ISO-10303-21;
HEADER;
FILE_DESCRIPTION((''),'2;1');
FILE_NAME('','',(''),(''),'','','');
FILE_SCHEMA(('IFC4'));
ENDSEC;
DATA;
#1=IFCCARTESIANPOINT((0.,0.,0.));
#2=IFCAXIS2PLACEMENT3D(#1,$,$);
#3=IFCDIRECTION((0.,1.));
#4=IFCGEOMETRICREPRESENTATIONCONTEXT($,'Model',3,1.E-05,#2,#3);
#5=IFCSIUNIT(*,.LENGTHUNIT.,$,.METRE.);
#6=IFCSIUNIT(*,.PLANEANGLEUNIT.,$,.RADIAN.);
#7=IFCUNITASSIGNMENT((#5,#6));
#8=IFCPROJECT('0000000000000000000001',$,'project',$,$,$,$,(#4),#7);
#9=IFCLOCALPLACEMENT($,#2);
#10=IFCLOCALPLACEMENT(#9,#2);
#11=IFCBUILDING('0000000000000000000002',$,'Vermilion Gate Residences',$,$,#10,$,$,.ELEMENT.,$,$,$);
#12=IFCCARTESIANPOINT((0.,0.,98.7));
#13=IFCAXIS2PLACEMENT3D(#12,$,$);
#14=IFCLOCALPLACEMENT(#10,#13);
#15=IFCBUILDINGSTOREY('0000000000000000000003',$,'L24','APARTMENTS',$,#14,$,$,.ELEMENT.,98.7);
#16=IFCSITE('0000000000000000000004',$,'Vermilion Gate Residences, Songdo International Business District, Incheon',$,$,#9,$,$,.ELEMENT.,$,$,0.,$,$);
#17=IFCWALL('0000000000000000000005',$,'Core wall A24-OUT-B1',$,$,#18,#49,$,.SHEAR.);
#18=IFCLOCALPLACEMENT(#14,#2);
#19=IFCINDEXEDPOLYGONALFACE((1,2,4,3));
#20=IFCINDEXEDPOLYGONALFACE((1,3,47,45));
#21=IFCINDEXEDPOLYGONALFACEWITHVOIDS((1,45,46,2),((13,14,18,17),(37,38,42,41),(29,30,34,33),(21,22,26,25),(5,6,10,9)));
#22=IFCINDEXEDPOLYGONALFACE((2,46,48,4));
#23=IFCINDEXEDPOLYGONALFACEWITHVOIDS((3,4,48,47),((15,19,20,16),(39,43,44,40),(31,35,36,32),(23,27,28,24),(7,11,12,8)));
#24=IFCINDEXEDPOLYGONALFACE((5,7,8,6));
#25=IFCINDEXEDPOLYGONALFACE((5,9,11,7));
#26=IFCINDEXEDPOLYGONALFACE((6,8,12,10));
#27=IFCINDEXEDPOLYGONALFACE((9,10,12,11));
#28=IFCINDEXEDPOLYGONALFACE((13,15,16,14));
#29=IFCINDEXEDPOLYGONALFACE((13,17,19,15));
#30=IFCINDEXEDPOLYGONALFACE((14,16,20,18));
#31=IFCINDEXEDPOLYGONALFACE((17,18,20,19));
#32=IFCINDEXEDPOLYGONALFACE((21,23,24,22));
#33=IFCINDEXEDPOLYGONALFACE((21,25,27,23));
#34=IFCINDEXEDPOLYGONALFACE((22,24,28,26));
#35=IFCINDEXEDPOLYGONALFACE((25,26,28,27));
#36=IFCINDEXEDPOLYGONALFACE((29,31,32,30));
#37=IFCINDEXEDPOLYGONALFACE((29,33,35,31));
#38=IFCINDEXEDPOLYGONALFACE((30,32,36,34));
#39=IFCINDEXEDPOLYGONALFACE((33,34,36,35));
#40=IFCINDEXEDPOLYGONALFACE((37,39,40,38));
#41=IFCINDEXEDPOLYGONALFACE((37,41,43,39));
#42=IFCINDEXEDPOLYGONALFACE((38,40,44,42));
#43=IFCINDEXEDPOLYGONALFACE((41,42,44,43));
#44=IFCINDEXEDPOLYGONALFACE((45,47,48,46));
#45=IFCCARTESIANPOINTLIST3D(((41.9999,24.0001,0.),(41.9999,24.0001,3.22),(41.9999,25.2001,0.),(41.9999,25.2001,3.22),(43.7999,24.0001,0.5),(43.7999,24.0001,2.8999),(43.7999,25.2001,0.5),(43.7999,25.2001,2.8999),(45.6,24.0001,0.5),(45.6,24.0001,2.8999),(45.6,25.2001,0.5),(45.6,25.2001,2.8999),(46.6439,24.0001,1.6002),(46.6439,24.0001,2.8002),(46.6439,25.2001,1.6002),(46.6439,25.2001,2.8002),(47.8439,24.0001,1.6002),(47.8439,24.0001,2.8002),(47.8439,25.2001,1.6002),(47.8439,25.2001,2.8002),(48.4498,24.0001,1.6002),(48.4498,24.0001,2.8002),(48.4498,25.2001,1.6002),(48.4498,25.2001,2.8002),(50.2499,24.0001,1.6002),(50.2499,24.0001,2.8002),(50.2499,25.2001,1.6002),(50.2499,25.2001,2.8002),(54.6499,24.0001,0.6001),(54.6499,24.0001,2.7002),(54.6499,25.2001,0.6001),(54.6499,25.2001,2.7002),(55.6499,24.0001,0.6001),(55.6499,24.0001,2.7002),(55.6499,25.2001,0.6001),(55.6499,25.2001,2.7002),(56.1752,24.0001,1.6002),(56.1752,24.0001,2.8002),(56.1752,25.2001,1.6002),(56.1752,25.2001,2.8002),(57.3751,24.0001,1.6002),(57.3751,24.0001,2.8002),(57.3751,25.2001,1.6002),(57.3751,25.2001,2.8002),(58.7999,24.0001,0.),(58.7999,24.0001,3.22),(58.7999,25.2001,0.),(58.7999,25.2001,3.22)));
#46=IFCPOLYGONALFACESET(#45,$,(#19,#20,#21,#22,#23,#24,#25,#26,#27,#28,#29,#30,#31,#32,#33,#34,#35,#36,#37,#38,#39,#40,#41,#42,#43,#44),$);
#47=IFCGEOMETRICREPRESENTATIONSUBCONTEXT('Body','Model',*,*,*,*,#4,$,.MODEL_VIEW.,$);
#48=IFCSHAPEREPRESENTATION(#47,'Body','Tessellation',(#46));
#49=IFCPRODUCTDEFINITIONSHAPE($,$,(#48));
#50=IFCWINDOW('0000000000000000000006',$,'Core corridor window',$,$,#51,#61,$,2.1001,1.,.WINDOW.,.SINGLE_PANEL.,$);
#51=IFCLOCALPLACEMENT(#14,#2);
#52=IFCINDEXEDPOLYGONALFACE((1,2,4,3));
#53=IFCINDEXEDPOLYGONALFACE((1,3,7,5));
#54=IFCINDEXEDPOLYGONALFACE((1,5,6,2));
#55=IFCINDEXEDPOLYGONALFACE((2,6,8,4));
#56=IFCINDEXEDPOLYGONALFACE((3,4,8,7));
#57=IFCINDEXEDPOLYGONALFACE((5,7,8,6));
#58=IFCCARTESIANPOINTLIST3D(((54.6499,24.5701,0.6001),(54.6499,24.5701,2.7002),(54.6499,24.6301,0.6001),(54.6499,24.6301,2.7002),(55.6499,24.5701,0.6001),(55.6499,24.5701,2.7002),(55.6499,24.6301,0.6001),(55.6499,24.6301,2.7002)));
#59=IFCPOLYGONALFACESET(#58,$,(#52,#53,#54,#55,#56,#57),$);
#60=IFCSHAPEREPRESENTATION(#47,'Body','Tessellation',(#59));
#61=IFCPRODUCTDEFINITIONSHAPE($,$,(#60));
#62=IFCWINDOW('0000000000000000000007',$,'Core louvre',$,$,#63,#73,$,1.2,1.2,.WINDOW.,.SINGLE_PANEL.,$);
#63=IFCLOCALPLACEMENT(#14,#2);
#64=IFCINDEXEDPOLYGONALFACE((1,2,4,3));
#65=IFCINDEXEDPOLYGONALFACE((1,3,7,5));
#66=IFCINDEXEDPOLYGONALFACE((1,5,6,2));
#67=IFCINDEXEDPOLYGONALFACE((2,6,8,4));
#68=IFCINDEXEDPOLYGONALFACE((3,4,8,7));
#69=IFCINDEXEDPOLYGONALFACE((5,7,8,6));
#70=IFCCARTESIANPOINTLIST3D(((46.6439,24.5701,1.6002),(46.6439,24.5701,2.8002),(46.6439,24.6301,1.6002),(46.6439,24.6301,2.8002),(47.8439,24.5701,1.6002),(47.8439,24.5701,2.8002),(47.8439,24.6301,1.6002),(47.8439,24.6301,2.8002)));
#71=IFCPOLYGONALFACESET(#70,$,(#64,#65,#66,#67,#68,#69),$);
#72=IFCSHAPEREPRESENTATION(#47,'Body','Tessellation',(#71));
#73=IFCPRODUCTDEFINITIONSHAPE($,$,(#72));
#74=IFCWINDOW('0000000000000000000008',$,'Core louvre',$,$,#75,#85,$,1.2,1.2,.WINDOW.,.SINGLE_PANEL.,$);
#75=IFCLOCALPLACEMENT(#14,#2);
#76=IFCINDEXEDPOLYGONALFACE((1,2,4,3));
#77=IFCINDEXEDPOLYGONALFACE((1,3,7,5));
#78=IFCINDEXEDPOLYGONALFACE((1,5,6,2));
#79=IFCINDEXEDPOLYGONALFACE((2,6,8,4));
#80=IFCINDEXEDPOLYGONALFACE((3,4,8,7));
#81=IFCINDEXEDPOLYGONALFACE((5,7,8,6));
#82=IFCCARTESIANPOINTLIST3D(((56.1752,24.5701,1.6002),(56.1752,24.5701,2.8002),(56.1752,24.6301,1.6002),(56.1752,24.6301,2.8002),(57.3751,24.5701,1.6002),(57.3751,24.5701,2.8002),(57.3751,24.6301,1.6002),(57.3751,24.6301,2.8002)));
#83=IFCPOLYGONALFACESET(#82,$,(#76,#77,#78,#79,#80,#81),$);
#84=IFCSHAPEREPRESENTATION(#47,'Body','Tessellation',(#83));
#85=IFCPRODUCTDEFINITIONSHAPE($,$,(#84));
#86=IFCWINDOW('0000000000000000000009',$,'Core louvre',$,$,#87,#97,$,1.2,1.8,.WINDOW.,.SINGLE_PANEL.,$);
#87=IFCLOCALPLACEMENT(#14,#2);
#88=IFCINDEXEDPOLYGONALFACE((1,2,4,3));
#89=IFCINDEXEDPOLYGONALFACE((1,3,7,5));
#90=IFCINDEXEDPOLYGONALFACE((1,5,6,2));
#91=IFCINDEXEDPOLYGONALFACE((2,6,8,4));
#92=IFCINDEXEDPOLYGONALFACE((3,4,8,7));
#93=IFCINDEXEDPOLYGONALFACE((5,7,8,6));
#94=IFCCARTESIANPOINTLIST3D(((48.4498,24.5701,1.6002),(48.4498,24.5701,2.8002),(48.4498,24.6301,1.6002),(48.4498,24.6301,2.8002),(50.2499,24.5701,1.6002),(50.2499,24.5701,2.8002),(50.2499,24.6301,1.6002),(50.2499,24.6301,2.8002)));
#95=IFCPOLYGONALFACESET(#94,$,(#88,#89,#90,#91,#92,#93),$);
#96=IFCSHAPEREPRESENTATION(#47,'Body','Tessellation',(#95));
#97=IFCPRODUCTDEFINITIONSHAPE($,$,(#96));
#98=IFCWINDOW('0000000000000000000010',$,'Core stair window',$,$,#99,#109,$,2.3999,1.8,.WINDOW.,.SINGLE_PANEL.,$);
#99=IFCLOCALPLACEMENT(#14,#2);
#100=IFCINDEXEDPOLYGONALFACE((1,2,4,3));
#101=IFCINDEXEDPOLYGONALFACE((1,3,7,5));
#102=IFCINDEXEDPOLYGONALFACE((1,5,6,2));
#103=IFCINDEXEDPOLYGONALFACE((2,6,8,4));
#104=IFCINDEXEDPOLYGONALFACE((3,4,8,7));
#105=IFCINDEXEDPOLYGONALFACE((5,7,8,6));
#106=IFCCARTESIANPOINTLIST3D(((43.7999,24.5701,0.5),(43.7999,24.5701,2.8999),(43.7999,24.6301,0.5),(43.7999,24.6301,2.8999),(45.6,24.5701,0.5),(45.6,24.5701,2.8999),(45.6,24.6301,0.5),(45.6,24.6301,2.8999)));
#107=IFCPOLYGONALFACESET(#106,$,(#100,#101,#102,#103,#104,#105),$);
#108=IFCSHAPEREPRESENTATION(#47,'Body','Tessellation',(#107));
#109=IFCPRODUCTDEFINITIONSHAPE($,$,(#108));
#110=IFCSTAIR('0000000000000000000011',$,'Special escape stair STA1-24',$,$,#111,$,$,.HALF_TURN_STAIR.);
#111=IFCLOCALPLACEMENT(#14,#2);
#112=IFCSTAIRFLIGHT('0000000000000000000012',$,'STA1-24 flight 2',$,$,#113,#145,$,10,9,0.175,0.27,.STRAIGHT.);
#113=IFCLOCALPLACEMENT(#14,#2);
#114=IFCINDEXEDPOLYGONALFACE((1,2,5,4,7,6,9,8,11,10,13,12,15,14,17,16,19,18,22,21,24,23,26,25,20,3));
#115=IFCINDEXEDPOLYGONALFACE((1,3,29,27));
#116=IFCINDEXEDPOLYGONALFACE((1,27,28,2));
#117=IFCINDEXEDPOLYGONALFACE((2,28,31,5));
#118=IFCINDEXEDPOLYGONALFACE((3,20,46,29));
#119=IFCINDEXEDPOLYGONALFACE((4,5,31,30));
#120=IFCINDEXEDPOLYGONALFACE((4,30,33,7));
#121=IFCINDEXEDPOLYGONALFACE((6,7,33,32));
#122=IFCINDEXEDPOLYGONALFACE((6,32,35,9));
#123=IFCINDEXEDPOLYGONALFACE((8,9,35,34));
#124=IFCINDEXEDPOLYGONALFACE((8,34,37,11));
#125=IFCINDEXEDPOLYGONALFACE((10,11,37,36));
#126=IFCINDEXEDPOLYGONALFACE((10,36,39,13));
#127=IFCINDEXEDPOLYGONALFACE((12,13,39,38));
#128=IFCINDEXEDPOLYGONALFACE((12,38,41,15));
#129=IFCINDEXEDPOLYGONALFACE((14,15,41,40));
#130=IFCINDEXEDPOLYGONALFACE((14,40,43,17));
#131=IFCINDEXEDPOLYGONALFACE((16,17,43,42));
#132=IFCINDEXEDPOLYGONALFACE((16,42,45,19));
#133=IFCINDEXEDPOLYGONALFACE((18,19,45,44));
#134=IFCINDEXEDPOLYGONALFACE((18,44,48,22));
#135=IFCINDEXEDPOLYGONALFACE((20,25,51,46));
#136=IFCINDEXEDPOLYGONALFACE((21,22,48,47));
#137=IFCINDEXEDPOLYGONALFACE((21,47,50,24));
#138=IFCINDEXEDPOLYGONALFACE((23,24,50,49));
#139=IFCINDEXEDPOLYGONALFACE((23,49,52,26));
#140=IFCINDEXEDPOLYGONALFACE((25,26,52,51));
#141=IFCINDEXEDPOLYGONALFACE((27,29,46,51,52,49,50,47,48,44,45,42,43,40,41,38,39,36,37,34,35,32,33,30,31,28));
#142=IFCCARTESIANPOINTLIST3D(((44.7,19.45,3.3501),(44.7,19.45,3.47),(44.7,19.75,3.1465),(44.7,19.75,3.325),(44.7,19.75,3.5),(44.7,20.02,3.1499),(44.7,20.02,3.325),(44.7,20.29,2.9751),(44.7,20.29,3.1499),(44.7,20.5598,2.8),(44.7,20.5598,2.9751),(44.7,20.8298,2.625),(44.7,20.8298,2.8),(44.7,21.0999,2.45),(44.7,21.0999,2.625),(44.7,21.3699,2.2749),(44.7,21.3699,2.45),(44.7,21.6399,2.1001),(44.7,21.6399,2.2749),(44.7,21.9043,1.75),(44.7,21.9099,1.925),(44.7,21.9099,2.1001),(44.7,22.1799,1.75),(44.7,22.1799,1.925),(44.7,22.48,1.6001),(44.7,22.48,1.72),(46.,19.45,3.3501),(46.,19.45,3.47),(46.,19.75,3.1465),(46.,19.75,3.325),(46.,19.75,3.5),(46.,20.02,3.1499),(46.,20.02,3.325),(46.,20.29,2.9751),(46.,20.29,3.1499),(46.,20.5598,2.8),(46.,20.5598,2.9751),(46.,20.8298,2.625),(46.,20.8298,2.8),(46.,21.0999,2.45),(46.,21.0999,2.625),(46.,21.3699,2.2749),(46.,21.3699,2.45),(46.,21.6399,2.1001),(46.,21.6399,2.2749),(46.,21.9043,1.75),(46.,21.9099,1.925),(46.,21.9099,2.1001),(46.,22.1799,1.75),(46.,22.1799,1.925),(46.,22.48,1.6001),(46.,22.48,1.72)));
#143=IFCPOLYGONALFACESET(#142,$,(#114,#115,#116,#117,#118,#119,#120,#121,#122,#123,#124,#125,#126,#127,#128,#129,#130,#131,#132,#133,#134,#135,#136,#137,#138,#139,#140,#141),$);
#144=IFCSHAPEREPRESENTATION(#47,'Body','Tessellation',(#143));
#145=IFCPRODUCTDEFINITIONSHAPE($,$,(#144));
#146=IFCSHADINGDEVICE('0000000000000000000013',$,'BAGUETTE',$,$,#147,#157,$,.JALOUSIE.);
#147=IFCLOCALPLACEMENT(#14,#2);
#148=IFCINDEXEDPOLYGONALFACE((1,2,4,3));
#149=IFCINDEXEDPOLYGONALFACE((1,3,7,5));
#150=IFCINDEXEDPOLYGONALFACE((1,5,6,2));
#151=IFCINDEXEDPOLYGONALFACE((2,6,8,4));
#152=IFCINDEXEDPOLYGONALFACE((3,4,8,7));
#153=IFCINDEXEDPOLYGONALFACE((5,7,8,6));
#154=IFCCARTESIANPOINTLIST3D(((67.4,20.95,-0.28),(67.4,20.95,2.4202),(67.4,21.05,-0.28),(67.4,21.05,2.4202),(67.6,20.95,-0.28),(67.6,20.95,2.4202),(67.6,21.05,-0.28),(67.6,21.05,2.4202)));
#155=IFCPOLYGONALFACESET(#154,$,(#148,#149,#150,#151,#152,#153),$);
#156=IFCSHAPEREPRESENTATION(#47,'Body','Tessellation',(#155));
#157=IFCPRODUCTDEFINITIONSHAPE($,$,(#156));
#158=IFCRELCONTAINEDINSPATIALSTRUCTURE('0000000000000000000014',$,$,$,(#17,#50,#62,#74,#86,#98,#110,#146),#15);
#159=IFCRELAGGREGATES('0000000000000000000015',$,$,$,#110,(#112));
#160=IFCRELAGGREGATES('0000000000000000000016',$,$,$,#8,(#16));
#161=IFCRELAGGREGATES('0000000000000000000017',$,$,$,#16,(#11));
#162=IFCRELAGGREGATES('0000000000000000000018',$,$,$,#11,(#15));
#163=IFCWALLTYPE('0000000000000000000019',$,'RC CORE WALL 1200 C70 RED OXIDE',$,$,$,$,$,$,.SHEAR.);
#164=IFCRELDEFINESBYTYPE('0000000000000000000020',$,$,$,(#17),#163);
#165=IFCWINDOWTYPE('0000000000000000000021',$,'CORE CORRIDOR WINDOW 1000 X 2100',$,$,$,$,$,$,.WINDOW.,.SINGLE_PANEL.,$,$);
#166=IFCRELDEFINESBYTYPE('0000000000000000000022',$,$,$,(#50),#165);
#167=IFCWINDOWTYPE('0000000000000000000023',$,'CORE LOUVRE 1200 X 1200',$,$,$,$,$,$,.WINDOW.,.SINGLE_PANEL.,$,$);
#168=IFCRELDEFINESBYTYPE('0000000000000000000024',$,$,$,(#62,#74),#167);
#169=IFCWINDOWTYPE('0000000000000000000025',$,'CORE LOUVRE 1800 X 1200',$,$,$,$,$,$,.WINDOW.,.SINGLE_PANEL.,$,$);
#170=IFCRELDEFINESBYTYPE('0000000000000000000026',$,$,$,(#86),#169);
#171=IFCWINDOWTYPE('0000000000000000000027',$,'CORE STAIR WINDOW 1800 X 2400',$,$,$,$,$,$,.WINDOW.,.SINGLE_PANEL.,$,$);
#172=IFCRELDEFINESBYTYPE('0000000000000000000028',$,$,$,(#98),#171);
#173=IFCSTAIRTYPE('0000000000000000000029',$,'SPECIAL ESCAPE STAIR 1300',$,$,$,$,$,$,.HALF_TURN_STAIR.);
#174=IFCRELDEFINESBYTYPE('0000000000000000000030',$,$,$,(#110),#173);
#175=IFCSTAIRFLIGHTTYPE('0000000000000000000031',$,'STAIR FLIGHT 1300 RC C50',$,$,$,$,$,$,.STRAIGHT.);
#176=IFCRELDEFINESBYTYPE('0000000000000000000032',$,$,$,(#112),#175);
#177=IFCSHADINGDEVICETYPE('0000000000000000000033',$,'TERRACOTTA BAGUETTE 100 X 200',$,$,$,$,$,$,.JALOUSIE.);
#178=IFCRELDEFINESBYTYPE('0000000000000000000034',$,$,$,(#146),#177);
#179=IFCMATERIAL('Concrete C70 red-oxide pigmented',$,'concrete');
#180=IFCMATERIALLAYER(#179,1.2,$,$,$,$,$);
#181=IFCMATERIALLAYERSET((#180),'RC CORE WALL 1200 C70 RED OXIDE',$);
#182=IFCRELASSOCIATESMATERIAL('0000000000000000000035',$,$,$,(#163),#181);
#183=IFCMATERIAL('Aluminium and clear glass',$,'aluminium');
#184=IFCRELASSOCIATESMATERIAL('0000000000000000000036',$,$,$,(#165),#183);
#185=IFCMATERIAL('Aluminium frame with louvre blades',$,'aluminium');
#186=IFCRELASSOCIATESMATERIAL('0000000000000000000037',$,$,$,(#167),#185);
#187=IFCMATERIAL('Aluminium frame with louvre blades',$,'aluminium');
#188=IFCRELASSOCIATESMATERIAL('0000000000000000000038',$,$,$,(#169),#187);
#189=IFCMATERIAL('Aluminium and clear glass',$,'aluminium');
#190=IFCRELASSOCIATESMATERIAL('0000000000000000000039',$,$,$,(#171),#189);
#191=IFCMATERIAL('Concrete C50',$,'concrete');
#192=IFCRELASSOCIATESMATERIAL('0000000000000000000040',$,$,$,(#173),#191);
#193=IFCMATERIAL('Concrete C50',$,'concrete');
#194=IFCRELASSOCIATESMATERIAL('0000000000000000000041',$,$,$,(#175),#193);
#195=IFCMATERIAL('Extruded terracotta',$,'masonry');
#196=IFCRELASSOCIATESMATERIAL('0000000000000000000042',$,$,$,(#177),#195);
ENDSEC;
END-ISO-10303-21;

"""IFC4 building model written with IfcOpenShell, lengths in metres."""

from ifc_helpers import new_model, si_unit, direction, frame, frame_2d, origin, origin_2d, place, context, subcontext, project, spatial, polyline, rectangle, outline, extrude, material, layer, layer_set, material_profile, profile_set, type_object, element, fill, aggregate, save


model = new_model("IFC4")

# Units and contexts
model_context = context("Model", 3, precision=1e-05, world=origin(), true_north=direction((0.0, 1.0)))
body_context = subcontext(model_context, "Body", "Model", "MODEL_VIEW")
ifc_project = project(units=[si_unit("LENGTHUNIT", "METRE"), si_unit("PLANEANGLEUNIT", "RADIAN")], contexts=[model_context])

# Site, building, storey
site_placement = place(None, origin())
site = spatial("IfcSite", under=ifc_project, at=site_placement, Name="Vermilion Gate Residences, Songdo International Business District, Incheon", CompositionType="ELEMENT", RefElevation=0.0)
building_placement = place(site_placement, origin())
building = spatial("IfcBuilding", under=site, at=building_placement, Name="Vermilion Gate Residences", CompositionType="ELEMENT")
storey_placement = place(building_placement, frame((0.0, 0.0, 98.7)))
storey = spatial("IfcBuildingStorey", under=building, at=storey_placement, Name="L24", Description="APARTMENTS", CompositionType="ELEMENT", Elevation=98.7)

# Wall, openings, windows
ifc_material_1 = material(Name="Concrete C70 red-oxide pigmented", Category="concrete")
ifc_layer_1 = layer(ifc_material_1, 1.2)
ifc_layer_set_1 = layer_set([ifc_layer_1], Name="RC CORE WALL 1200 C70 RED OXIDE")
wall_type_1 = type_object("IfcWallType", Name="RC CORE WALL 1200 C70 RED OXIDE", PredefinedType="SHEAR", material=ifc_layer_set_1)
wall_1_placement = place(storey_placement, frame((42.0, 24.6001, 0.0), z_axis=(0.0, 0.0, 1.0), x_axis=(1.0, 0.0, 0.0)))
wall_1 = element("IfcWall", 1, at=wall_1_placement, inside=storey, type_object=wall_type_1, Name="Core wall A24-OUT-B1", PredefinedType="SHEAR", context=body_context, shape_type="SweptSolid", body=[
    extrude(rectangle(XDim=16.8, YDim=1.2, at=frame_2d((8.3999, 0.0))), origin(), (0.0, 0.0, 1.0), 3.22),
])
opening_1_placement = place(wall_1_placement, frame((1.8, 0.0, 0.5)))
opening_1 = element("IfcOpeningElement", 2, at=opening_1_placement, cuts=wall_1, PredefinedType="OPENING", context=body_context, shape_type="SweptSolid", body=[
    extrude(rectangle(XDim=1.8, YDim=2.3999, at=frame_2d((0.8999, 1.2))), frame((0.0, 0.6099, 0.0), z_axis=(0.0, -1.0, 0.0), x_axis=(1.0, 0.0, 0.0)), (0.0, 0.0, 1.0), 1.22),
])
opening_2_placement = place(wall_1_placement, frame((4.6438, 0.0, 1.6001)))
opening_2 = element("IfcOpeningElement", 3, at=opening_2_placement, cuts=wall_1, PredefinedType="OPENING", context=body_context, shape_type="SweptSolid", body=[
    extrude(rectangle(XDim=1.2, YDim=1.2, at=frame_2d((0.6001, 0.6001))), frame((0.0, 0.6099, 0.0), z_axis=(0.0, -1.0, 0.0), x_axis=(1.0, 0.0, 0.0)), (0.0, 0.0, 1.0), 1.22),
])
opening_3_placement = place(wall_1_placement, frame((6.45, 0.0, 1.6001)))
opening_3 = element("IfcOpeningElement", 4, at=opening_3_placement, cuts=wall_1, PredefinedType="OPENING", context=body_context, shape_type="SweptSolid", body=[
    extrude(rectangle(XDim=1.8, YDim=1.2, at=frame_2d((0.8999, 0.6001))), frame((0.0, 0.6099, 0.0), z_axis=(0.0, -1.0, 0.0), x_axis=(1.0, 0.0, 0.0)), (0.0, 0.0, 1.0), 1.22),
])
opening_4_placement = place(wall_1_placement, frame((12.6499, 0.0, 0.6001)))
opening_4 = element("IfcOpeningElement", 5, at=opening_4_placement, cuts=wall_1, PredefinedType="OPENING", context=body_context, shape_type="SweptSolid", body=[
    extrude(rectangle(XDim=1.0, YDim=2.1001, at=frame_2d((0.5, 1.05))), frame((0.0, 0.6099, 0.0), z_axis=(0.0, -1.0, 0.0), x_axis=(1.0, 0.0, 0.0)), (0.0, 0.0, 1.0), 1.22),
])
opening_5_placement = place(wall_1_placement, frame((14.175, 0.0, 1.6001)))
opening_5 = element("IfcOpeningElement", 6, at=opening_5_placement, cuts=wall_1, PredefinedType="OPENING", context=body_context, shape_type="SweptSolid", body=[
    extrude(rectangle(XDim=1.2, YDim=1.2, at=frame_2d((0.6001, 0.6001))), frame((0.0, 0.6099, 0.0), z_axis=(0.0, -1.0, 0.0), x_axis=(1.0, 0.0, 0.0)), (0.0, 0.0, 1.0), 1.22),
])
ifc_material_2 = material(Name="Aluminium and clear glass", Category="aluminium")
window_type_1 = type_object("IfcWindowType", Name="CORE CORRIDOR WINDOW 1000 X 2100", PartitioningType="SINGLE_PANEL", PredefinedType="WINDOW", material=ifc_material_2)
window_1_placement = place(opening_4_placement, origin())
window_1 = element("IfcWindow", 7, at=window_1_placement, inside=storey, type_object=window_type_1, Name="Core corridor window", OverallHeight=2.1001, OverallWidth=1.0, PartitioningType="SINGLE_PANEL", PredefinedType="WINDOW", context=body_context, shape_type="SweptSolid", body=[
    extrude(rectangle(XDim=1.0, YDim=2.1001, at=frame_2d((0.5, 1.05))), frame((0.0, 0.03, 0.0), z_axis=(0.0, -1.0, 0.0), x_axis=(1.0, 0.0, 0.0)), (0.0, 0.0, 1.0), 0.0601),
])
fill(opening_4, window_1)
ifc_material_3 = material(Name="Aluminium frame with louvre blades", Category="aluminium")
window_type_2 = type_object("IfcWindowType", Name="CORE LOUVRE 1200 X 1200", PartitioningType="SINGLE_PANEL", PredefinedType="WINDOW", material=ifc_material_3)
window_2_placement = place(opening_2_placement, origin())
window_2 = element("IfcWindow", 8, at=window_2_placement, inside=storey, type_object=window_type_2, Name="Core louvre", OverallHeight=1.2, OverallWidth=1.2, PartitioningType="SINGLE_PANEL", PredefinedType="WINDOW", context=body_context, shape_type="SweptSolid", body=[
    extrude(rectangle(XDim=1.2, YDim=1.2, at=frame_2d((0.6001, 0.6001))), frame((0.0, 0.03, 0.0), z_axis=(0.0, -1.0, 0.0), x_axis=(1.0, 0.0, 0.0)), (0.0, 0.0, 1.0), 0.0601),
])
fill(opening_2, window_2)
window_3_placement = place(opening_5_placement, origin())
window_3 = element("IfcWindow", 9, at=window_3_placement, inside=storey, type_object=window_type_2, Name="Core louvre", OverallHeight=1.2, OverallWidth=1.2, PartitioningType="SINGLE_PANEL", PredefinedType="WINDOW", context=body_context, shape_type="SweptSolid", body=[
    extrude(rectangle(XDim=1.2, YDim=1.2, at=frame_2d((0.6001, 0.6001))), frame((0.0, 0.03, 0.0), z_axis=(0.0, -1.0, 0.0), x_axis=(1.0, 0.0, 0.0)), (0.0, 0.0, 1.0), 0.0601),
])
fill(opening_5, window_3)
ifc_material_4 = material(Name="Aluminium frame with louvre blades", Category="aluminium")
window_type_3 = type_object("IfcWindowType", Name="CORE LOUVRE 1800 X 1200", PartitioningType="SINGLE_PANEL", PredefinedType="WINDOW", material=ifc_material_4)
window_4_placement = place(opening_3_placement, origin())
window_4 = element("IfcWindow", 10, at=window_4_placement, inside=storey, type_object=window_type_3, Name="Core louvre", OverallHeight=1.2, OverallWidth=1.8, PartitioningType="SINGLE_PANEL", PredefinedType="WINDOW", context=body_context, shape_type="SweptSolid", body=[
    extrude(rectangle(XDim=1.8, YDim=1.2, at=frame_2d((0.8999, 0.6001))), frame((0.0, 0.03, 0.0), z_axis=(0.0, -1.0, 0.0), x_axis=(1.0, 0.0, 0.0)), (0.0, 0.0, 1.0), 0.0601),
])
fill(opening_3, window_4)
ifc_material_5 = material(Name="Aluminium and clear glass", Category="aluminium")
window_type_4 = type_object("IfcWindowType", Name="CORE STAIR WINDOW 1800 X 2400", PartitioningType="SINGLE_PANEL", PredefinedType="WINDOW", material=ifc_material_5)
window_5_placement = place(opening_1_placement, origin())
window_5 = element("IfcWindow", 11, at=window_5_placement, inside=storey, type_object=window_type_4, Name="Core stair window", OverallHeight=2.3999, OverallWidth=1.8, PartitioningType="SINGLE_PANEL", PredefinedType="WINDOW", context=body_context, shape_type="SweptSolid", body=[
    extrude(rectangle(XDim=1.8, YDim=2.3999, at=frame_2d((0.8999, 1.2))), frame((0.0, 0.03, 0.0), z_axis=(0.0, -1.0, 0.0), x_axis=(1.0, 0.0, 0.0)), (0.0, 0.0, 1.0), 0.0601),
])
fill(opening_1, window_5)

# Stair, stair flight
ifc_material_6 = material(Name="Concrete C50", Category="concrete")
stair_type = type_object("IfcStairType", Name="SPECIAL ESCAPE STAIR 1300", PredefinedType="HALF_TURN_STAIR", material=ifc_material_6)
stair_placement = place(storey_placement, origin())
stair = element("IfcStair", 12, at=stair_placement, inside=storey, type_object=stair_type, Name="Special escape stair STA1-24", PredefinedType="HALF_TURN_STAIR")
ifc_material_7 = material(Name="Concrete C50", Category="concrete")
stair_flight_type = type_object("IfcStairFlightType", Name="STAIR FLIGHT 1300 RC C50", PredefinedType="STRAIGHT", material=ifc_material_7)
stair_flight_placement = place(storey_placement, frame((45.3501, 22.1799, 1.75), z_axis=(0.0, 0.0, 1.0), x_axis=(0.0, -1.0, 0.0)))
stair_flight = element("IfcStairFlight", 13, at=stair_flight_placement, type_object=stair_flight_type, Name="STA1-24 flight 2", NumberOfRisers=10, NumberOfTreads=9, PredefinedType="STRAIGHT", RiserHeight=0.175, TreadLength=0.27, context=body_context, shape_type="SweptSolid", body=[
    extrude(outline(polyline([(-0.3, -0.1499), (-0.3, -0.03), (0.0, 0.0), (0.0, 0.175), (0.27, 0.175), (0.27, 0.3501), (0.54, 0.3501), (0.54, 0.5249), (0.8101, 0.5249), (0.8101, 0.7), (1.0801, 0.7), (1.0801, 0.875), (1.3501, 0.875), (1.3501, 1.05), (1.6201, 1.05), (1.6201, 1.2251), (1.8899, 1.2251), (1.8899, 1.3999), (2.1599, 1.3999), (2.1599, 1.575), (2.4299, 1.575), (2.4299, 1.75), (2.73, 1.72), (2.73, 1.6001), (2.4299, 1.3965), (0.2756, 0.0), (-0.3, -0.1499)])), frame((0.0, 0.6499, 0.0), z_axis=(0.0, -1.0, 0.0), x_axis=(1.0, 0.0, 0.0)), (0.0, 0.0, 1.0), 1.3),
])
aggregate(stair, [stair_flight])

# Shading device
ifc_material_8 = material(Name="Extruded terracotta", Category="masonry")
ifc_material_profile_1 = material_profile(ifc_material_8, rectangle(XDim=0.2, YDim=0.1001, at=origin_2d()), Name="BAGUETTE 100 X 200")
ifc_profile_set_1 = profile_set([ifc_material_profile_1], Name="Extruded terracotta")
shading_device_type_1 = type_object("IfcShadingDeviceType", Name="TERRACOTTA BAGUETTE 100 X 200", PredefinedType="JALOUSIE", material=ifc_profile_set_1)
for number, where, z_axis, x_axis, name in (
    (14, (67.5, 21.0, -0.28), (0.0, 0.0, 1.0), (-1.0, 0.0, 0.0), "BAGUETTE"),
):
    element("IfcShadingDevice", number, at=place(storey_placement, frame(where, z_axis=z_axis, x_axis=x_axis)), inside=storey, type_object=shading_device_type_1, Name=name, PredefinedType="JALOUSIE", context=body_context, shape_type="SweptSolid", body=[
        extrude(rectangle(XDim=0.2, YDim=0.1001, at=origin_2d()), origin(), (0.0, 0.0, 1.0), 2.7002),
    ])

save(model, "model.ifc")
